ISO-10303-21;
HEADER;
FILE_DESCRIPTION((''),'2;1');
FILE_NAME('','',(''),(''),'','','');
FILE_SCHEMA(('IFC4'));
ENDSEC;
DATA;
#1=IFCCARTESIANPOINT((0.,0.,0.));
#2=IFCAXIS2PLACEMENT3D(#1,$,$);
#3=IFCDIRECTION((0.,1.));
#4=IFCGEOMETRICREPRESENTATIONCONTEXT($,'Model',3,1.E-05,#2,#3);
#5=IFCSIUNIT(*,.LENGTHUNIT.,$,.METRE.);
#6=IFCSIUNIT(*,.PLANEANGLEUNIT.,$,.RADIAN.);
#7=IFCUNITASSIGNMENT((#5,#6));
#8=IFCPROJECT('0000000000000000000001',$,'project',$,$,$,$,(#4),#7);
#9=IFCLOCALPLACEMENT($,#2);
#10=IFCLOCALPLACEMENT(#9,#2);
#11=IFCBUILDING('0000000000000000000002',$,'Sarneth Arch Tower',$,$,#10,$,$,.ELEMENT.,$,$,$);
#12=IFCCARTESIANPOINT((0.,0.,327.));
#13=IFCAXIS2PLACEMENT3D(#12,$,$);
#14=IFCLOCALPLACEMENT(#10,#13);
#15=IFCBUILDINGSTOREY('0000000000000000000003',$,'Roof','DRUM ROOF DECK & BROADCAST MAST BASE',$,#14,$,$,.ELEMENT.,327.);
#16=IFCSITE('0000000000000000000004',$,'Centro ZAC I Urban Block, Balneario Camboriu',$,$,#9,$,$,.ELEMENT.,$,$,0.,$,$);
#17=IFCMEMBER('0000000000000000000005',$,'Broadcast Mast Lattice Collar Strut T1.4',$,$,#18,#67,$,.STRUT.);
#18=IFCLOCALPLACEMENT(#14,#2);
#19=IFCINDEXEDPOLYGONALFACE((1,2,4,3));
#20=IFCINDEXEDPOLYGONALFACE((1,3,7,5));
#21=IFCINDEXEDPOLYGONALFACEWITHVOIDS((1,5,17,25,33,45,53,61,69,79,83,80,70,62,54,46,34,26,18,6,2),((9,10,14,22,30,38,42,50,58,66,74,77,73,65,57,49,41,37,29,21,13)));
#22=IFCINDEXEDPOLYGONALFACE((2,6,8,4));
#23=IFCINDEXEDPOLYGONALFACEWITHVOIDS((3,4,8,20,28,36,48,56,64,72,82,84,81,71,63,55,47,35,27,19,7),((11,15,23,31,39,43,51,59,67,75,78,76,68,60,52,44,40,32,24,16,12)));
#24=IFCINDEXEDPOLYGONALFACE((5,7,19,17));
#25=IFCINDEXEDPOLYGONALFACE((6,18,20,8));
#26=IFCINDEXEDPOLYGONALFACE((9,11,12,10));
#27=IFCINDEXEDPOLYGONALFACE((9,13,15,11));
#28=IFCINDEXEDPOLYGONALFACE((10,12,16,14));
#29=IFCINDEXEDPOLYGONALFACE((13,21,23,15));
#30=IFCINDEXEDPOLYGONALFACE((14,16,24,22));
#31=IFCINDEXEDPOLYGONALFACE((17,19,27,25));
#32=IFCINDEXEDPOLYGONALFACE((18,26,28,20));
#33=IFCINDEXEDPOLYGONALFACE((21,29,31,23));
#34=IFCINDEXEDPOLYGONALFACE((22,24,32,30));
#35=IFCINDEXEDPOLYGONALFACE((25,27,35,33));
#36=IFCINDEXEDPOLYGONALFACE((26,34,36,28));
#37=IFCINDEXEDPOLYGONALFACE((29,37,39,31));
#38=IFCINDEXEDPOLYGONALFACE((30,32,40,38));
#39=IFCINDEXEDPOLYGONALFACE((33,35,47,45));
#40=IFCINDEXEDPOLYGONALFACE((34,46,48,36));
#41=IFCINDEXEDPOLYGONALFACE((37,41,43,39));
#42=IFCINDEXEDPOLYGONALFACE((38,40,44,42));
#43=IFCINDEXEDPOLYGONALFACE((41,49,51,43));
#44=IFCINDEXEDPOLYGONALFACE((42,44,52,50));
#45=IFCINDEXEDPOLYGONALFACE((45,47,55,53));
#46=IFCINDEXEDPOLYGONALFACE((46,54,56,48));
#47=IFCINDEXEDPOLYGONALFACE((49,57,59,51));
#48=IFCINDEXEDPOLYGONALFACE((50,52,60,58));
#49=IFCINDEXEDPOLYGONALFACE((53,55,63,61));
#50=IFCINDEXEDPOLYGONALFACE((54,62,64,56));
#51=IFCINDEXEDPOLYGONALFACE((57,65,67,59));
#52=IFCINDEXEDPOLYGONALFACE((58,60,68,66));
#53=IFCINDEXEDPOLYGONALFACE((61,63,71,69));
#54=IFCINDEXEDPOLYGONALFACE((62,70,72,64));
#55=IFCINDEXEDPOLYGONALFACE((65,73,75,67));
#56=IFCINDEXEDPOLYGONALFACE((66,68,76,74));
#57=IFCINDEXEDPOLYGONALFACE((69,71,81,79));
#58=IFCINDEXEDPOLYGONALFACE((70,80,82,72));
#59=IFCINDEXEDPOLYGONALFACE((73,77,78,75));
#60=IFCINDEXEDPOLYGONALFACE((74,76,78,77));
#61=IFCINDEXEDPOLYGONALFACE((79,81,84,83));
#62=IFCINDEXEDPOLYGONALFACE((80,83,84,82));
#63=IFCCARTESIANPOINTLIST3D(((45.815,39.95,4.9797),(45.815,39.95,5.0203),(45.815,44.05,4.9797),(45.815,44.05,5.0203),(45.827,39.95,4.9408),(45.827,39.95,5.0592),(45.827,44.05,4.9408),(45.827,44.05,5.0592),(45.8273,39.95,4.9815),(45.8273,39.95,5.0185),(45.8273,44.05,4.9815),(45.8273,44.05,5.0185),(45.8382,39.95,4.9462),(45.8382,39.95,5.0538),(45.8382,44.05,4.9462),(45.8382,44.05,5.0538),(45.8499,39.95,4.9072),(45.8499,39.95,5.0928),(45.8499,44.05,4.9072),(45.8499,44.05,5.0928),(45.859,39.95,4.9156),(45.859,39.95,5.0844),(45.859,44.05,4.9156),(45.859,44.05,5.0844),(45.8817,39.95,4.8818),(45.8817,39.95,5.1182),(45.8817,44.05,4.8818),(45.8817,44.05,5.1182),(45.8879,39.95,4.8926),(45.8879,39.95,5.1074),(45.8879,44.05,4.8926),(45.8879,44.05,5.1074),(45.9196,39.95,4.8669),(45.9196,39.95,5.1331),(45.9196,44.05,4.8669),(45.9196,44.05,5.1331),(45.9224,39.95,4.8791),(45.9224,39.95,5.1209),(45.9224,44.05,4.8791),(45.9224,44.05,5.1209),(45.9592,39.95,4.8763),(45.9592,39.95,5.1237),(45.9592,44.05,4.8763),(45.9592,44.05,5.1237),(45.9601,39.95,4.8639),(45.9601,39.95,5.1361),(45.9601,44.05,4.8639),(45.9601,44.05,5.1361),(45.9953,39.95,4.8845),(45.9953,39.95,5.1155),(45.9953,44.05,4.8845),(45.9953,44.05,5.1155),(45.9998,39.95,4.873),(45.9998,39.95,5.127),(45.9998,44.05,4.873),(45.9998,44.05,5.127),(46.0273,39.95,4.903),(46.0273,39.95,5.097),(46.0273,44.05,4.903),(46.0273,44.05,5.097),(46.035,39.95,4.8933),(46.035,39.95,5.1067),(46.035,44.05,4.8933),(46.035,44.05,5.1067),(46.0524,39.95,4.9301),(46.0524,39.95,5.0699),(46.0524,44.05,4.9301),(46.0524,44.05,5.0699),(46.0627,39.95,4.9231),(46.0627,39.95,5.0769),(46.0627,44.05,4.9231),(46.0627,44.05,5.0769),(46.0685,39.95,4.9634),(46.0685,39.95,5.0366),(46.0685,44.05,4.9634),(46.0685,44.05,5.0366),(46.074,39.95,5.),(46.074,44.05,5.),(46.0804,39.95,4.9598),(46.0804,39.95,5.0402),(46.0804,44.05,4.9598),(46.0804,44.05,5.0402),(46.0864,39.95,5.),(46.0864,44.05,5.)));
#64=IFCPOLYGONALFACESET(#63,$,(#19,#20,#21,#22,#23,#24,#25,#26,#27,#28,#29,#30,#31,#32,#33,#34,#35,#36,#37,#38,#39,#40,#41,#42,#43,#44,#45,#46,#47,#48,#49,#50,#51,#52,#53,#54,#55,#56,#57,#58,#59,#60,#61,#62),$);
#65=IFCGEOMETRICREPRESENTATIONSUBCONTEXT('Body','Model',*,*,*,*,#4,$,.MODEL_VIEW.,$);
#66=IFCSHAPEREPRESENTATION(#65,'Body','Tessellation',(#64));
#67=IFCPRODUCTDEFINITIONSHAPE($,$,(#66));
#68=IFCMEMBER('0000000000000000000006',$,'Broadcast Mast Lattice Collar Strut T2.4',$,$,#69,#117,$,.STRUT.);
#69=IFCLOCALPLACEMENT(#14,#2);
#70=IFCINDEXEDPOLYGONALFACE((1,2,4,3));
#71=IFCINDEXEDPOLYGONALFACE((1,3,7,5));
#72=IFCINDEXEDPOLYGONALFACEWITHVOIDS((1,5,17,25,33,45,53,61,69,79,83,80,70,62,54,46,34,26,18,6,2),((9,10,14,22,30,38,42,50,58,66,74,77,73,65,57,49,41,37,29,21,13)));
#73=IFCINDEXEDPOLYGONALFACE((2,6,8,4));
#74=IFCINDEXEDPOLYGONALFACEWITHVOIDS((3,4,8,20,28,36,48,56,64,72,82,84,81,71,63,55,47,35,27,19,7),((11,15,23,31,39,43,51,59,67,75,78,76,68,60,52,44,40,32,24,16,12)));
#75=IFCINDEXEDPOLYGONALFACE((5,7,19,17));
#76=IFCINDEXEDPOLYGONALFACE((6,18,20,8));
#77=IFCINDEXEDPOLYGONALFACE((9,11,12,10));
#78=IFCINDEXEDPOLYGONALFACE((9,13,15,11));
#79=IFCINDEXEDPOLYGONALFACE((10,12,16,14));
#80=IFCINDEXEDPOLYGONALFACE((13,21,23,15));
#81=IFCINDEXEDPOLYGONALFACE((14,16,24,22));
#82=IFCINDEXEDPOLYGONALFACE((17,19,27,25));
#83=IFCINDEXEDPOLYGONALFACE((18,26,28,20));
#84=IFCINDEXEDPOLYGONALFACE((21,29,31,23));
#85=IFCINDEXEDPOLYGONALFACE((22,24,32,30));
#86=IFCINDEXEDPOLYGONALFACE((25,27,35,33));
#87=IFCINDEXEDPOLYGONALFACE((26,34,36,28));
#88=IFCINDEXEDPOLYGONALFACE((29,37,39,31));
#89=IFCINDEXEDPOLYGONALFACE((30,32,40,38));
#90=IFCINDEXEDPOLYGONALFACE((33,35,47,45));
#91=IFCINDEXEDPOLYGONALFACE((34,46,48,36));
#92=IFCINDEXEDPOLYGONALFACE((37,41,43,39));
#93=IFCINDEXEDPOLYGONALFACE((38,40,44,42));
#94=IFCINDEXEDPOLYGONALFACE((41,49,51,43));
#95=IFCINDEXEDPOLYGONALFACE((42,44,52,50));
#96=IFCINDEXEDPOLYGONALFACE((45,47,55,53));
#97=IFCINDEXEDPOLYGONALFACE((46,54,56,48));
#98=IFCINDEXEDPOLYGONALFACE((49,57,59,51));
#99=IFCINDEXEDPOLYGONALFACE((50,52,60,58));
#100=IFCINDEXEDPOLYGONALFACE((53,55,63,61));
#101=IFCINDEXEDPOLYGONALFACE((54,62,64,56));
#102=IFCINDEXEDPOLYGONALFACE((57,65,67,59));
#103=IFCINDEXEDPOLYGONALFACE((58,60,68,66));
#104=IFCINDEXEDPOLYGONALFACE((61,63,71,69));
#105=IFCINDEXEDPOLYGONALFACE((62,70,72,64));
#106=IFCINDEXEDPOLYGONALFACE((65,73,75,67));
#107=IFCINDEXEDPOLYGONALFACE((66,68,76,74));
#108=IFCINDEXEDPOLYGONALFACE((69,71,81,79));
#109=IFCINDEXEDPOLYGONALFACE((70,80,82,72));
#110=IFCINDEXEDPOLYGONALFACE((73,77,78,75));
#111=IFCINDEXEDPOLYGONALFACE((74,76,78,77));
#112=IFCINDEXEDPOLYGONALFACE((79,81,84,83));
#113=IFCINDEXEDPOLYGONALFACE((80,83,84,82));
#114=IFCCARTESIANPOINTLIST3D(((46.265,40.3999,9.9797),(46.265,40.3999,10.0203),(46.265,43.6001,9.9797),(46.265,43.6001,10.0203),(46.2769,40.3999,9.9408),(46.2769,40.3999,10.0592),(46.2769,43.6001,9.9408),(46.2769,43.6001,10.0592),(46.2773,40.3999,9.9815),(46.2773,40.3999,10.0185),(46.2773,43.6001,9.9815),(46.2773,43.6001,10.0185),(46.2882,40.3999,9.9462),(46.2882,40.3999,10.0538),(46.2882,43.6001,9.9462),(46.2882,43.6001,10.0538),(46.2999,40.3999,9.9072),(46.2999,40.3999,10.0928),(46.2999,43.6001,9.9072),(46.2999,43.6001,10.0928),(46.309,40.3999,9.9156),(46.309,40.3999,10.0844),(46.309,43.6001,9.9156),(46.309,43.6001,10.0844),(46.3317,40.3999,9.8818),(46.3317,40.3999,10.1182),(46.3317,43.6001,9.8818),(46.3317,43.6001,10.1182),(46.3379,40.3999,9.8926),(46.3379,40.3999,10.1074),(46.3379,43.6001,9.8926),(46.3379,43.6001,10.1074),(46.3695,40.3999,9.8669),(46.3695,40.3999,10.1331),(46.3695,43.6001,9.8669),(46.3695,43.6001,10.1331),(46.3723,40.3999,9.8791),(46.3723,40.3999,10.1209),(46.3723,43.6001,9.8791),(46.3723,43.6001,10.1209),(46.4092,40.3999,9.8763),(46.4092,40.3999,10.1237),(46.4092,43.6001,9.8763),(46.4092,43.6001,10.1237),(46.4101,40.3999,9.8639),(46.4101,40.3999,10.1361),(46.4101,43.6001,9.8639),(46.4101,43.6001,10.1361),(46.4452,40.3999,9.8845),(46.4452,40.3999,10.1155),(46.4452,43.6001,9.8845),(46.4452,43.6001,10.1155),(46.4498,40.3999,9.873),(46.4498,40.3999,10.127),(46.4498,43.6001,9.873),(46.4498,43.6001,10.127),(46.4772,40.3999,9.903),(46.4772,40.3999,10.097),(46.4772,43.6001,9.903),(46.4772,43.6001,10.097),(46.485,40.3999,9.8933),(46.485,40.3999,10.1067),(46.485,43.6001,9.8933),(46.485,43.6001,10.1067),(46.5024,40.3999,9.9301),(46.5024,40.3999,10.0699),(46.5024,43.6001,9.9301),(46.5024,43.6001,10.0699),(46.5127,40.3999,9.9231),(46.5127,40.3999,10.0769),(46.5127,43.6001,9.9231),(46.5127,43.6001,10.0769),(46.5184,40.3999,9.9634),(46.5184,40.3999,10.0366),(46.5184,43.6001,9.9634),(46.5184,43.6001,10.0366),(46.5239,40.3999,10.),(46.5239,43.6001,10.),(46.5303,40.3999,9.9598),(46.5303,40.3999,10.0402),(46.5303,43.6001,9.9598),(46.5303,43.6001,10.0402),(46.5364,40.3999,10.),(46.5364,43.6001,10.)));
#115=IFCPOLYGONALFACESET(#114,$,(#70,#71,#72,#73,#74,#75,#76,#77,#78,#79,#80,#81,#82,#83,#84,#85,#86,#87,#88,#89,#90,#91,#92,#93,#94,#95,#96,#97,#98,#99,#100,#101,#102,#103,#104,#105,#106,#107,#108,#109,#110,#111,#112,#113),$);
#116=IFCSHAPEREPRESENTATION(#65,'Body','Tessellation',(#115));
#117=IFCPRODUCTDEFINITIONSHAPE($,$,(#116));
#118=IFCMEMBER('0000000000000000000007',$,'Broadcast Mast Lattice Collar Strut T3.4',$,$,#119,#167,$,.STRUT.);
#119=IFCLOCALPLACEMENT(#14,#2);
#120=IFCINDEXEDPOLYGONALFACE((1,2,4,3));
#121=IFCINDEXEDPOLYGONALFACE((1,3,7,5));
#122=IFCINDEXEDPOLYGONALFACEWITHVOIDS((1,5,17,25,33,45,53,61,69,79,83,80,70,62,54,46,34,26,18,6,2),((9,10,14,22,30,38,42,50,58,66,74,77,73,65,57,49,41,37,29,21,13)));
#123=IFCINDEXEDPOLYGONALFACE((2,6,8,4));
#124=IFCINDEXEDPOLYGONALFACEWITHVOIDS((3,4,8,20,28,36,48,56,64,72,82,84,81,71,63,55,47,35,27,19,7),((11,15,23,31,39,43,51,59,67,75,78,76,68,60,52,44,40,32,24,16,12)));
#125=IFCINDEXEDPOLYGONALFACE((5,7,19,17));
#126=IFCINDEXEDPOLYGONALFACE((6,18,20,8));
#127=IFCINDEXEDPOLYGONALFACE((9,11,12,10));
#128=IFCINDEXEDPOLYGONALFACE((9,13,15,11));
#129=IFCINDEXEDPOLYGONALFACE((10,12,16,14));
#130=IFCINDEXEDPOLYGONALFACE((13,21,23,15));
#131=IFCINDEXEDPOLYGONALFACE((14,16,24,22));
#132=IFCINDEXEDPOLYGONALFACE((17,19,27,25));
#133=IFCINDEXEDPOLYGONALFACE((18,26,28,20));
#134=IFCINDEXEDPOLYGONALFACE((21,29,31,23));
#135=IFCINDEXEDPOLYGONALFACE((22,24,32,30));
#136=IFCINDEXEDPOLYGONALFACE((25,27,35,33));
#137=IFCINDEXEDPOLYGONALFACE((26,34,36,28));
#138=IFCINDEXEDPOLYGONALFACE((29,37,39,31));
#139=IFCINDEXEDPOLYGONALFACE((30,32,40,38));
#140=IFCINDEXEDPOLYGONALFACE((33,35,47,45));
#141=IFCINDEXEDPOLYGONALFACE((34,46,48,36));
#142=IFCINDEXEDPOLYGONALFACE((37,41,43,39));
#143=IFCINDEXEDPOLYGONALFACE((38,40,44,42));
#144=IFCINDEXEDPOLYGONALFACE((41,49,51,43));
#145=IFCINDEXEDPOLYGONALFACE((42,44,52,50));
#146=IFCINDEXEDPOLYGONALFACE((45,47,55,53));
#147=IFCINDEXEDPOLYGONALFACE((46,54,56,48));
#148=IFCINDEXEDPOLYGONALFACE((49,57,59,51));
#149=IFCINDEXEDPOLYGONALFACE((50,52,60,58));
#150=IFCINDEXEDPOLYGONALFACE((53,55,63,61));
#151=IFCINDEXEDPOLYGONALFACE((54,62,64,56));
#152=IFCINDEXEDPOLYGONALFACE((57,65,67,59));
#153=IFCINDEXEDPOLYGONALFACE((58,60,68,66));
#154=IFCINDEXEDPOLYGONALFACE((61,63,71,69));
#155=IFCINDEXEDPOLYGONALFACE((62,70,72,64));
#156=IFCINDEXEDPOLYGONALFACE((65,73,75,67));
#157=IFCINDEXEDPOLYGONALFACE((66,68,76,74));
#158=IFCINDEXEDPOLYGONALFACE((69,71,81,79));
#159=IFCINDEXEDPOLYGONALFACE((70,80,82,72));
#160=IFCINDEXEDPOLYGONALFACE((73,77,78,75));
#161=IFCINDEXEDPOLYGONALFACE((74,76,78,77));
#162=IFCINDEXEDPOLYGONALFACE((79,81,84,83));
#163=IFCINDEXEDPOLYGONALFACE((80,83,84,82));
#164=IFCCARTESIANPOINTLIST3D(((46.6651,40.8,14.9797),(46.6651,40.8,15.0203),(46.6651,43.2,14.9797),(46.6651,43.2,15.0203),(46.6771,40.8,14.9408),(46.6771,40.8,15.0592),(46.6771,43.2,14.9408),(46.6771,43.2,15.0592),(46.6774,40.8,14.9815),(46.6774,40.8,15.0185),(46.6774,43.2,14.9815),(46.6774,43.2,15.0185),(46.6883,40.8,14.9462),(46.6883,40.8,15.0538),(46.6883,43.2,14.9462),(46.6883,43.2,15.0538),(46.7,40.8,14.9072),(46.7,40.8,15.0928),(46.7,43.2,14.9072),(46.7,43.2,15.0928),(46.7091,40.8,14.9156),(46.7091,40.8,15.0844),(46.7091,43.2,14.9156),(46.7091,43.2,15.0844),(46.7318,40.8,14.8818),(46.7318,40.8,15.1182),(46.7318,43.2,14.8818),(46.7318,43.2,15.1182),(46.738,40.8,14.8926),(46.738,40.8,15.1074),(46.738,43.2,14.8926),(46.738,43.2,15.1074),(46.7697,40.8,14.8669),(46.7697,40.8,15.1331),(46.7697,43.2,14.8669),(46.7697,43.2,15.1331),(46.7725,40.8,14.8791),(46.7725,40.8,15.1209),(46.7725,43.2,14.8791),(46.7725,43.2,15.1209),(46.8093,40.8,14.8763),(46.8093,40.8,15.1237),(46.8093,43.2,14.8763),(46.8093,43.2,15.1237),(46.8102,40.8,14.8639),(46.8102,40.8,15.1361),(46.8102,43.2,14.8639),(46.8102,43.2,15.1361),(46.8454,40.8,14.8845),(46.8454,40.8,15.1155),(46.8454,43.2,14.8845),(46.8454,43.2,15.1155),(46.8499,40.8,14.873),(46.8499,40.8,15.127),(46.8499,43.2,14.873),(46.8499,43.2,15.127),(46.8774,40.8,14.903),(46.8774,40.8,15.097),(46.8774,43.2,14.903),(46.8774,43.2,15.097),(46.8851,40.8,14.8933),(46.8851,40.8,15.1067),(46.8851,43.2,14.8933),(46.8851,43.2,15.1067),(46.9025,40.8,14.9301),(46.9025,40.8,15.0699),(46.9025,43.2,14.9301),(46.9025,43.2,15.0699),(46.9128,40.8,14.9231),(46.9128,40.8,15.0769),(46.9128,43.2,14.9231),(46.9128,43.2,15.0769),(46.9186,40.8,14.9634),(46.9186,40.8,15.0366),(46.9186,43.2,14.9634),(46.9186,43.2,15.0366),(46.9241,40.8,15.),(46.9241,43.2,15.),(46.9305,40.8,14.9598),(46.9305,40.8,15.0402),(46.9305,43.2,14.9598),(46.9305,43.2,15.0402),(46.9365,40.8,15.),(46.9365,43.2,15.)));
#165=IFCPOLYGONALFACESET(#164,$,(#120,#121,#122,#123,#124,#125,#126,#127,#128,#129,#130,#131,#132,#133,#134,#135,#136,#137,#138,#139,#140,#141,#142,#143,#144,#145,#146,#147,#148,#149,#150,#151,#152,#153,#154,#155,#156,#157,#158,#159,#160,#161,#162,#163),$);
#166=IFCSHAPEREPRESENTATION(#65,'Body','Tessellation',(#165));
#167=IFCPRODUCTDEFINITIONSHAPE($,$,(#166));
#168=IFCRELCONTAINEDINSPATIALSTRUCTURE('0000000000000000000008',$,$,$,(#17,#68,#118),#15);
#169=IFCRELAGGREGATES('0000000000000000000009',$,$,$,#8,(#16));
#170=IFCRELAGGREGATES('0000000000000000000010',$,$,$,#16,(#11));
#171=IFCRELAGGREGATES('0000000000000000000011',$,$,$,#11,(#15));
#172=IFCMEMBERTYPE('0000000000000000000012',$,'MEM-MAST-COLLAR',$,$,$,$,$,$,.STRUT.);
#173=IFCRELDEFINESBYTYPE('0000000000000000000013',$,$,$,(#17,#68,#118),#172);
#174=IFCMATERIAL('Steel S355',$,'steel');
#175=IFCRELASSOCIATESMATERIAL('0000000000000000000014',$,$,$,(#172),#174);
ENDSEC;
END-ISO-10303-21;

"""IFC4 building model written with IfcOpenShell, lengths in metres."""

from ifc_helpers import new_model, si_unit, direction, frame, origin, origin_2d, place, context, subcontext, project, spatial, hollow_circle, extrude, material, material_profile, profile_set, type_object, element, save


model = new_model("IFC4")

# Units and contexts
model_context = context("Model", 3, precision=1e-05, world=origin(), true_north=direction((0.0, 1.0)))
body_context = subcontext(model_context, "Body", "Model", "MODEL_VIEW")
ifc_project = project(units=[si_unit("LENGTHUNIT", "METRE"), si_unit("PLANEANGLEUNIT", "RADIAN")], contexts=[model_context])

# Site, building, storey
site_placement = place(None, origin())
site = spatial("IfcSite", under=ifc_project, at=site_placement, Name="Centro ZAC I Urban Block, Balneario Camboriu", CompositionType="ELEMENT", RefElevation=0.0)
building_placement = place(site_placement, origin())
building = spatial("IfcBuilding", under=site, at=building_placement, Name="Sarneth Arch Tower", CompositionType="ELEMENT")
storey_placement = place(building_placement, frame((0.0, 0.0, 327.0)))
storey = spatial("IfcBuildingStorey", under=building, at=storey_placement, Name="Roof", Description="DRUM ROOF DECK & BROADCAST MAST BASE", CompositionType="ELEMENT", Elevation=327.0)

# Members
ifc_material_1 = material(Name="Steel S355", Category="steel")
ifc_material_profile_1 = material_profile(ifc_material_1, hollow_circle(Radius=0.1365, WallThickness=0.0125, at=origin_2d()), Name="CHS273x12.5")
ifc_profile_set_1 = profile_set([ifc_material_profile_1], Name="Steel S355")
member_type_1 = type_object("IfcMemberType", Name="MEM-MAST-COLLAR", PredefinedType="STRUT", material=ifc_profile_set_1)
member_1_placement = place(storey_placement, frame((45.95, 44.05, 5.0), z_axis=(0.0, -1.0, 0.0), x_axis=(1.0, 0.0, 0.0)))
element("IfcMember", 1, at=member_1_placement, inside=storey, type_object=member_type_1, Name="Broadcast Mast Lattice Collar Strut T1.4", PredefinedType="STRUT", context=body_context, shape_type="SweptSolid", body=[
    extrude(hollow_circle(Radius=0.1365, WallThickness=0.0125, at=origin_2d()), origin(), (0.0, 0.0, 1.0), 4.1001),
])
member_2_placement = place(storey_placement, frame((46.3999, 43.6001, 10.0), z_axis=(0.0, -1.0, 0.0), x_axis=(1.0, 0.0, 0.0)))
element("IfcMember", 2, at=member_2_placement, inside=storey, type_object=member_type_1, Name="Broadcast Mast Lattice Collar Strut T2.4", PredefinedType="STRUT", context=body_context, shape_type="SweptSolid", body=[
    extrude(hollow_circle(Radius=0.1365, WallThickness=0.0125, at=origin_2d()), origin(), (0.0, 0.0, 1.0), 3.2002),
])
member_3_placement = place(storey_placement, frame((46.8, 43.2, 15.0), z_axis=(0.0, -1.0, 0.0), x_axis=(1.0, 0.0, 0.0)))
element("IfcMember", 3, at=member_3_placement, inside=storey, type_object=member_type_1, Name="Broadcast Mast Lattice Collar Strut T3.4", PredefinedType="STRUT", context=body_context, shape_type="SweptSolid", body=[
    extrude(hollow_circle(Radius=0.1365, WallThickness=0.0125, at=origin_2d()), origin(), (0.0, 0.0, 1.0), 2.3999),
])

save(model, "model.ifc")
